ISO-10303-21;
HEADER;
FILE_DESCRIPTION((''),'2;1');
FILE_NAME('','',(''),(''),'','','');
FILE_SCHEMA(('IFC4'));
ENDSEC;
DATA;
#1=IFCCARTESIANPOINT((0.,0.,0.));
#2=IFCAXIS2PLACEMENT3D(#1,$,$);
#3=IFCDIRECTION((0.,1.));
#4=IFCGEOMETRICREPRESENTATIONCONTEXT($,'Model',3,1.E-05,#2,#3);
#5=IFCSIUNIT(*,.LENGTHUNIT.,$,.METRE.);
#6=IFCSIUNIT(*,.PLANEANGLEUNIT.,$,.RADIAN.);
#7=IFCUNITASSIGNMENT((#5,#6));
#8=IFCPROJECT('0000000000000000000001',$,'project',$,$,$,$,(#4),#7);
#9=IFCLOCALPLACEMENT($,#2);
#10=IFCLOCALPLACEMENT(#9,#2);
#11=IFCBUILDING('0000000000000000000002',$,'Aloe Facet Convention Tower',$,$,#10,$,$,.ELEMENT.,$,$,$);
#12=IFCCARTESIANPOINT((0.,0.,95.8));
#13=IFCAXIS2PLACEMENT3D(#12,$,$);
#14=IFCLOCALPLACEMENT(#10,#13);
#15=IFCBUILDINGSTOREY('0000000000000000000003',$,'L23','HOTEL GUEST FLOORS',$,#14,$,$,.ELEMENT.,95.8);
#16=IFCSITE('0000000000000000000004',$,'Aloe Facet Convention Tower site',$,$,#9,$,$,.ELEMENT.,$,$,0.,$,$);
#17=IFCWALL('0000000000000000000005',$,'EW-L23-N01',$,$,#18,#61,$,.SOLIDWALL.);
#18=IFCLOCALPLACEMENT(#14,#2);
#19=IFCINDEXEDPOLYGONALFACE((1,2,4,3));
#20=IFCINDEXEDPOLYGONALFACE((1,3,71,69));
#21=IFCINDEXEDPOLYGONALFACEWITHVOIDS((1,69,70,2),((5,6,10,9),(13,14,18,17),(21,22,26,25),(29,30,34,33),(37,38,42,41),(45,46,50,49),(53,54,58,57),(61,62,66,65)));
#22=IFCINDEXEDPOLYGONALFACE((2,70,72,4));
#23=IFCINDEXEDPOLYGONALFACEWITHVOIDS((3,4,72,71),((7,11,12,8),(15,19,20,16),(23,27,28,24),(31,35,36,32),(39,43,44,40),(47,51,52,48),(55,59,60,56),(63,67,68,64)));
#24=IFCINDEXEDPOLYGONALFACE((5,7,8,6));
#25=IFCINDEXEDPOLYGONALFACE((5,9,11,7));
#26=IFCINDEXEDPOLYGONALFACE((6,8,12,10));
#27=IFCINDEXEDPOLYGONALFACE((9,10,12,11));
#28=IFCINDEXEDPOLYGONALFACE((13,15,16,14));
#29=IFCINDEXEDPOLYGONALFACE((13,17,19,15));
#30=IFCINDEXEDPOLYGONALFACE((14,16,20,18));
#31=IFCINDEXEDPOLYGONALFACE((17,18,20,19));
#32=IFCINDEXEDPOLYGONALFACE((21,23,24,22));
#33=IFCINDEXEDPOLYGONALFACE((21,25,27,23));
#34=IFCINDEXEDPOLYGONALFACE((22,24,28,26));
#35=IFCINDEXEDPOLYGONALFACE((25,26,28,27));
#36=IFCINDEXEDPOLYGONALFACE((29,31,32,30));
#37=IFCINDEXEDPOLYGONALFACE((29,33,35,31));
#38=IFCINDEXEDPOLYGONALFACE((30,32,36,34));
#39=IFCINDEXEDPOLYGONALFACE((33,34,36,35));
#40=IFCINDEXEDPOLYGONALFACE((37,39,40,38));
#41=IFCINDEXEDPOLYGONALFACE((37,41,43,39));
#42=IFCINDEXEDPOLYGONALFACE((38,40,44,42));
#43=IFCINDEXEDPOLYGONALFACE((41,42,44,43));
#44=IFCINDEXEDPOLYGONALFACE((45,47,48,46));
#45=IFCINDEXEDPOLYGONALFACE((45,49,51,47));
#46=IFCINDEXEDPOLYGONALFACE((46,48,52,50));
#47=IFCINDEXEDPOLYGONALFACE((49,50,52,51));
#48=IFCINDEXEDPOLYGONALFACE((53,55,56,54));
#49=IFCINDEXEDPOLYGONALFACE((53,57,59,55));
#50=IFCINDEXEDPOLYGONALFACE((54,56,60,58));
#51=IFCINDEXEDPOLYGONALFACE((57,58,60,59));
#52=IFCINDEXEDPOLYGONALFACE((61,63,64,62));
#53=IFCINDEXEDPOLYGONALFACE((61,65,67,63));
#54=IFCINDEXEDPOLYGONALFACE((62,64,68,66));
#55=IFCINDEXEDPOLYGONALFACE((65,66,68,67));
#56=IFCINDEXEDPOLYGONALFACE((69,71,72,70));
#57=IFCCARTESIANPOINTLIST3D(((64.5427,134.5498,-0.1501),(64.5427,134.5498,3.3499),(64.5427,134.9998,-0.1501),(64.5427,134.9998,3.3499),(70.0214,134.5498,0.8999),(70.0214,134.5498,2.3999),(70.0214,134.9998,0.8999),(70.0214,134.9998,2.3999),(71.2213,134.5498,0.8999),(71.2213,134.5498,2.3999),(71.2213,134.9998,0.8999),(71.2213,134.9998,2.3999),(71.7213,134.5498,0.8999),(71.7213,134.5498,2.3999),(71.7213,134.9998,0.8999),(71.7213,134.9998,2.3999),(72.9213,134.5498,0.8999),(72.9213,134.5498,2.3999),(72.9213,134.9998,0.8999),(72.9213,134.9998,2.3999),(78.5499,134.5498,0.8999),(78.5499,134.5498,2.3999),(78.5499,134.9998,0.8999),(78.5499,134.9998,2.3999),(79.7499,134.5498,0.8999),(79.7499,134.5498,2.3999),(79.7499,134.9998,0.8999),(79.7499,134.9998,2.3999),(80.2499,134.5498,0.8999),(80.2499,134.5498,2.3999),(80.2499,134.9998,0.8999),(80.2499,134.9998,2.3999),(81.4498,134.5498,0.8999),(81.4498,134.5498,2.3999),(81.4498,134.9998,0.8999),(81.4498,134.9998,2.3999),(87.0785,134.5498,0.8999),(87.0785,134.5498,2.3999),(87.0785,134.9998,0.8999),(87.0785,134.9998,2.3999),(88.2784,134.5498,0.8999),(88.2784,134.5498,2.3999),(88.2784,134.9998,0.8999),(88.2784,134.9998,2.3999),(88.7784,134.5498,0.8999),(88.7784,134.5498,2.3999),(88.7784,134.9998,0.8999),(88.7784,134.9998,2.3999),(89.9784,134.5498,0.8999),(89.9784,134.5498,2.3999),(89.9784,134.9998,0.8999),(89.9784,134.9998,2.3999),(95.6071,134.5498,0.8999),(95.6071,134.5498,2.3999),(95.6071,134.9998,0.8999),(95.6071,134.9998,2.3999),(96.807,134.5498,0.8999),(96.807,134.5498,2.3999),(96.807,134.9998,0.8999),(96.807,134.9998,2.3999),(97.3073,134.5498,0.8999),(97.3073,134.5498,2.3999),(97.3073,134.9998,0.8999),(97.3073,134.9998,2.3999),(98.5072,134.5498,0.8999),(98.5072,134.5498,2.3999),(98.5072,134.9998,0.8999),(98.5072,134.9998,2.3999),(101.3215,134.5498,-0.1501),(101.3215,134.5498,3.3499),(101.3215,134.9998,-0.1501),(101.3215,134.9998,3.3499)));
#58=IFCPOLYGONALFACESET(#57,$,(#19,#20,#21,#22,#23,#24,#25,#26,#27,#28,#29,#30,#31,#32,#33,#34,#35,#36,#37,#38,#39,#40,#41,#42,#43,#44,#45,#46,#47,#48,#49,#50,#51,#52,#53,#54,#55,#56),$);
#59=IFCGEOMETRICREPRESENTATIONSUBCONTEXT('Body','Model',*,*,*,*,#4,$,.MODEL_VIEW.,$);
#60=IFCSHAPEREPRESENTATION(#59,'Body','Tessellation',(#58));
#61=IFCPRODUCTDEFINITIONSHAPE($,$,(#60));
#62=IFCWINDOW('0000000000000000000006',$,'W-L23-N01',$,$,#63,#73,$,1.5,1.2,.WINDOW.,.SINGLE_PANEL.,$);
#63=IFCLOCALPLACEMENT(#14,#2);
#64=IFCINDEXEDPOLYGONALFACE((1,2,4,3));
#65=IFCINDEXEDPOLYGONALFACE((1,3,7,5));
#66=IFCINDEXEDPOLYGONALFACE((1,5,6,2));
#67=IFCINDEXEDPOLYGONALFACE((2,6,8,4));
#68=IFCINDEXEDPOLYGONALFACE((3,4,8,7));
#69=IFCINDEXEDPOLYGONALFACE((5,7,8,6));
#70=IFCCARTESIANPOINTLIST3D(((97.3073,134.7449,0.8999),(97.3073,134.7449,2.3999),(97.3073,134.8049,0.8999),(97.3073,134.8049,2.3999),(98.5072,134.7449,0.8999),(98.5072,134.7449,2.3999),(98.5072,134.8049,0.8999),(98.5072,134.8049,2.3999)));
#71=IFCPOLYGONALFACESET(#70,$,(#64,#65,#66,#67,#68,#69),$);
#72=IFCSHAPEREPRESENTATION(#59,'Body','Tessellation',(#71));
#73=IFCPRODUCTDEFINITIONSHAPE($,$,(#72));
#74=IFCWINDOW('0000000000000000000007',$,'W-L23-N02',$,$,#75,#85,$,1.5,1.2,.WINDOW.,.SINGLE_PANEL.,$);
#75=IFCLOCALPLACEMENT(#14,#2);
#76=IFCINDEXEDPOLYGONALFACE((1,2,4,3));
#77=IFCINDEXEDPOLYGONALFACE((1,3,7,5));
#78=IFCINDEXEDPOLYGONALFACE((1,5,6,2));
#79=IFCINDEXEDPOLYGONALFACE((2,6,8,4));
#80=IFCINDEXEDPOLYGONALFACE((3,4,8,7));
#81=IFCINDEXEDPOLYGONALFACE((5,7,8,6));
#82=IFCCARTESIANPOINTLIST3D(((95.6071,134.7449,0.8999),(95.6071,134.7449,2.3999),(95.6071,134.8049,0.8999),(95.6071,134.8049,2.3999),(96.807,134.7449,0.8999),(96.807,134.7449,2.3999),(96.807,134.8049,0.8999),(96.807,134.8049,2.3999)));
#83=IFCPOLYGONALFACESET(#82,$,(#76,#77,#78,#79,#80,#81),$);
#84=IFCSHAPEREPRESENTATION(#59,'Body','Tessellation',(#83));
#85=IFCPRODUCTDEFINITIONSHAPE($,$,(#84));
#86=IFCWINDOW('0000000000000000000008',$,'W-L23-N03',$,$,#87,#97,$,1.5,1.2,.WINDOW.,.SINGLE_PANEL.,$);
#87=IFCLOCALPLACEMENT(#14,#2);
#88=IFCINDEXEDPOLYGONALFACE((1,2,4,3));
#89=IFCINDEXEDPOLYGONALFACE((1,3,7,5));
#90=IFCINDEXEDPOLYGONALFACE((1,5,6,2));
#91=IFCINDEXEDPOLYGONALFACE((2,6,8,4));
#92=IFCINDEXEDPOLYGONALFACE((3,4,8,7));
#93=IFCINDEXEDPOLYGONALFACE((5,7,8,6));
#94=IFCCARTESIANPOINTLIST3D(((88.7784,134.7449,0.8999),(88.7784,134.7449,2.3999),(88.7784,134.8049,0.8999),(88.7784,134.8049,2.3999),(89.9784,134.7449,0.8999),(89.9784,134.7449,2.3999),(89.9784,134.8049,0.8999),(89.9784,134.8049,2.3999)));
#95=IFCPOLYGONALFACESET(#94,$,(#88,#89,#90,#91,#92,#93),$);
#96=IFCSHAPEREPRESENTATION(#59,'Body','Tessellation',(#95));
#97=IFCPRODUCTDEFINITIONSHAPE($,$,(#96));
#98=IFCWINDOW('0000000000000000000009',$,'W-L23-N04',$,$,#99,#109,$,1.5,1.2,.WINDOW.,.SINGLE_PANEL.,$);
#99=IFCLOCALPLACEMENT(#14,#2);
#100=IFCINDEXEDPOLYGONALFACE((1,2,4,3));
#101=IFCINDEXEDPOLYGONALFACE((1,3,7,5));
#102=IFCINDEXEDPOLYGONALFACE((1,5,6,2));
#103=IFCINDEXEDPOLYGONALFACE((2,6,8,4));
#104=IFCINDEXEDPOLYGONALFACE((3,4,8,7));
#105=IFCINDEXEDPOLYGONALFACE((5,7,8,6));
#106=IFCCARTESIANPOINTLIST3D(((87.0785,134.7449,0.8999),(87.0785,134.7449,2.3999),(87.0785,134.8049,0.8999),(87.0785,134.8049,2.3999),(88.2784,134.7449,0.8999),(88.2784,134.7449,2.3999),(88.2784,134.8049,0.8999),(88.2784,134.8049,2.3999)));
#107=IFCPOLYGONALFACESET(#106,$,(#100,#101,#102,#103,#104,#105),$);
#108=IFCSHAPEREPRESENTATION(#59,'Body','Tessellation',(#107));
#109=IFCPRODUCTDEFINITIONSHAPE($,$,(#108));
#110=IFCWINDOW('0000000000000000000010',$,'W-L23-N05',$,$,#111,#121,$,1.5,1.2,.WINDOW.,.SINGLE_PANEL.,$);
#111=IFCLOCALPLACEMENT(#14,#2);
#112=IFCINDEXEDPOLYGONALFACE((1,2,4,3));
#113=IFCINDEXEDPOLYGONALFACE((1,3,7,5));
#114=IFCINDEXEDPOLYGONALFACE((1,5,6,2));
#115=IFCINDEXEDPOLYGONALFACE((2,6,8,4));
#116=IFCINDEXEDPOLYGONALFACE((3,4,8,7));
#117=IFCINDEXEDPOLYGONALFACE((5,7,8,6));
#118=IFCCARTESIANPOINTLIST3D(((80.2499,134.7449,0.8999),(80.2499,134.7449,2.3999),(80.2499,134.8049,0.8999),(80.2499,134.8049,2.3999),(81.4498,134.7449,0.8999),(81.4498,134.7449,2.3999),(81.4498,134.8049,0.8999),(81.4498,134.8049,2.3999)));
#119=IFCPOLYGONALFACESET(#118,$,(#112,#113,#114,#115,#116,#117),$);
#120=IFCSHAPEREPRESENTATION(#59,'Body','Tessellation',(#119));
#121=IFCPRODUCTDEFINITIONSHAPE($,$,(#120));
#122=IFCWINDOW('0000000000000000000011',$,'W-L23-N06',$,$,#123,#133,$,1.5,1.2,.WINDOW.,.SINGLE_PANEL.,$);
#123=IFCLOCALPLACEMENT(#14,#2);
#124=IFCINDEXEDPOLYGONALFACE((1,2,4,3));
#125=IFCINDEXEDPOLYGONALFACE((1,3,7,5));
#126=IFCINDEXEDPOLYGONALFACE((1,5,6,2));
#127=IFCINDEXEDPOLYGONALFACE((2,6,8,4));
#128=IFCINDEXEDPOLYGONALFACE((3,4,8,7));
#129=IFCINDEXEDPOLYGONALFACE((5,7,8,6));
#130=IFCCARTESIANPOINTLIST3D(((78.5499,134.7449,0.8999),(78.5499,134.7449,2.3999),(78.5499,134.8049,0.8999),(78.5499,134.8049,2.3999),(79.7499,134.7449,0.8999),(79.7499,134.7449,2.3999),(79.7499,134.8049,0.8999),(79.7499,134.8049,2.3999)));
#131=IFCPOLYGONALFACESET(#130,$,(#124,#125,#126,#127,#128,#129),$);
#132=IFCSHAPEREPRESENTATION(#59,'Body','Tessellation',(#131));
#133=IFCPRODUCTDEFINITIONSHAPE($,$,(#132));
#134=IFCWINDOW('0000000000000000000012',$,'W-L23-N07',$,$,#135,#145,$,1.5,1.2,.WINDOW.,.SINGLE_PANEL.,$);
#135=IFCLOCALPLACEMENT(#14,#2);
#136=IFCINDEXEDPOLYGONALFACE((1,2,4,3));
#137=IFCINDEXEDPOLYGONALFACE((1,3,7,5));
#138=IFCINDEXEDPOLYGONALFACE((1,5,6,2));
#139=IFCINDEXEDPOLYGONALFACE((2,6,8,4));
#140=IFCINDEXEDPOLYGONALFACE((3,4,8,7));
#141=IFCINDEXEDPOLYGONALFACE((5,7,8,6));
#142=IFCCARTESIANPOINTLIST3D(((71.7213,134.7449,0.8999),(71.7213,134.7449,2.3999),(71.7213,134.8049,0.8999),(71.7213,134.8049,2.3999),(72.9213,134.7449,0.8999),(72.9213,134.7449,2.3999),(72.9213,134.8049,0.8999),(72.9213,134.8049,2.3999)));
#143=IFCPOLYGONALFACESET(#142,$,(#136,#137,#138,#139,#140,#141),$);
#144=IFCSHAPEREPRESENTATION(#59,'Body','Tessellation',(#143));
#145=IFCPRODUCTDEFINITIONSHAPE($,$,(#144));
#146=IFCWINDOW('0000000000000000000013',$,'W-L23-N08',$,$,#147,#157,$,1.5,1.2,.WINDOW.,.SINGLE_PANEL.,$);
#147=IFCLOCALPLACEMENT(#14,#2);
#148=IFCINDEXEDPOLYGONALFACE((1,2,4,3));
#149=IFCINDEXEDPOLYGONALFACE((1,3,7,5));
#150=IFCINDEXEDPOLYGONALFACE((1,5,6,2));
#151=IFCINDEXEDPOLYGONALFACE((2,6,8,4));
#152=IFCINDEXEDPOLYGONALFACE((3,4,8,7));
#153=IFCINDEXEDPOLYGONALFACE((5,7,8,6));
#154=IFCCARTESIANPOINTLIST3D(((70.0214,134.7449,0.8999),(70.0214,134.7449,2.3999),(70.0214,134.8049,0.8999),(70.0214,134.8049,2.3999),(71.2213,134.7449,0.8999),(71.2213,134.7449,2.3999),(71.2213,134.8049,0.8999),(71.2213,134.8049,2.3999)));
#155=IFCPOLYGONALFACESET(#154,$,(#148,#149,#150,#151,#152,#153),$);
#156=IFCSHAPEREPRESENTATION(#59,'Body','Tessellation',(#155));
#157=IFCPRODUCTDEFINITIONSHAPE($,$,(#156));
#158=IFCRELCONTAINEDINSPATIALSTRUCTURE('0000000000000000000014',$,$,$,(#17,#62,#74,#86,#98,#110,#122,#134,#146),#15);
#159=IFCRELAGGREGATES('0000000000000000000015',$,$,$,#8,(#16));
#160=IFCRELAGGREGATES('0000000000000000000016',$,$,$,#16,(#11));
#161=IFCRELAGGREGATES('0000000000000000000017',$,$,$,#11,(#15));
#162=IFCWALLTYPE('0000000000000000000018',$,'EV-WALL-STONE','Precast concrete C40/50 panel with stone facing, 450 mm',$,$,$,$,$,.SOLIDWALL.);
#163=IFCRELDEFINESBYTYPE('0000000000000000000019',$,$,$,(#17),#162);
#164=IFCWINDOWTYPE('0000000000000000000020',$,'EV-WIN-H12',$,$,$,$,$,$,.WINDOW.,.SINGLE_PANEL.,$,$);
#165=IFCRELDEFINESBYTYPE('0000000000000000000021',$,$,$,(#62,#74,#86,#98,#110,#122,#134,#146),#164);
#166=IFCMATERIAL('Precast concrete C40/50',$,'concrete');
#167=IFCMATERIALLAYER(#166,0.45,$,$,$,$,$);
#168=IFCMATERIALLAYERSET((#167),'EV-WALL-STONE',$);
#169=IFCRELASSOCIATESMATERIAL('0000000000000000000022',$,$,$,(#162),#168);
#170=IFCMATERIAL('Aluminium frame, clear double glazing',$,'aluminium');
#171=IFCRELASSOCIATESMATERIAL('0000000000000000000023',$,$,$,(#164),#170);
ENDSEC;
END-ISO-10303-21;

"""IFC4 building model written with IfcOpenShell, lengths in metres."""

from ifc_helpers import new_model, si_unit, direction, frame, frame_2d, origin, place, context, subcontext, project, spatial, polyline, rectangle, outline, extrude, material, layer, layer_set, type_object, element, fill, save


model = new_model("IFC4")

# Units and contexts
model_context = context("Model", 3, precision=1e-05, world=origin(), true_north=direction((0.0, 1.0)))
body_context = subcontext(model_context, "Body", "Model", "MODEL_VIEW")
ifc_project = project(units=[si_unit("LENGTHUNIT", "METRE"), si_unit("PLANEANGLEUNIT", "RADIAN")], contexts=[model_context])

# Site, building, storey
site_placement = place(None, origin())
site = spatial("IfcSite", under=ifc_project, at=site_placement, Name="Aloe Facet Convention Tower site", CompositionType="ELEMENT", RefElevation=0.0)
building_placement = place(site_placement, origin())
building = spatial("IfcBuilding", under=site, at=building_placement, Name="Aloe Facet Convention Tower", CompositionType="ELEMENT")
storey_placement = place(building_placement, frame((0.0, 0.0, 95.8)))
storey = spatial("IfcBuildingStorey", under=building, at=storey_placement, Name="L23", Description="HOTEL GUEST FLOORS", CompositionType="ELEMENT", Elevation=95.8)

# Wall, openings, windows
ifc_material_1 = material(Name="Precast concrete C40/50", Category="concrete")
ifc_layer_1 = layer(ifc_material_1, 0.45)
ifc_layer_set_1 = layer_set([ifc_layer_1], Name="EV-WALL-STONE")
wall_type_1 = type_object("IfcWallType", Name="EV-WALL-STONE", Description="Precast concrete C40/50 panel with stone facing, 450 mm", PredefinedType="SOLIDWALL", material=ifc_layer_set_1)
wall_1_placement = place(storey_placement, frame((101.3215, 134.7749, -0.1501), z_axis=(0.0, 0.0, 1.0), x_axis=(-1.0, 0.0, 0.0)))
wall_1 = element("IfcWall", 1, at=wall_1_placement, inside=storey, type_object=wall_type_1, Name="EW-L23-N01", PredefinedType="SOLIDWALL", context=body_context, shape_type="SweptSolid", body=[
    extrude(outline(polyline([(0.0, 0.0), (0.0, 3.5), (36.7788, 3.5), (36.7788, 0.0), (0.0, 0.0)])), frame((0.0, 0.2251, 0.0), z_axis=(0.0, -1.0, 0.0), x_axis=(1.0, 0.0, 0.0)), (0.0, 0.0, 1.0), 0.45),
])
opening_1_placement = place(wall_1_placement, frame((2.8142, 0.0, 1.05)))
opening_1 = element("IfcOpeningElement", 2, at=opening_1_placement, cuts=wall_1, PredefinedType="OPENING", context=body_context, shape_type="SweptSolid", body=[
    extrude(rectangle(XDim=1.2, YDim=1.5, at=frame_2d((0.6001, 0.75))), frame((0.0, 0.2349, 0.0), z_axis=(0.0, -1.0, 0.0), x_axis=(1.0, 0.0, 0.0)), (0.0, 0.0, 1.0), 0.47),
])
opening_2_placement = place(wall_1_placement, frame((4.5144, 0.0, 1.05)))
opening_2 = element("IfcOpeningElement", 3, at=opening_2_placement, cuts=wall_1, PredefinedType="OPENING", context=body_context, shape_type="SweptSolid", body=[
    extrude(rectangle(XDim=1.2, YDim=1.5, at=frame_2d((0.6001, 0.75))), frame((0.0, 0.2349, 0.0), z_axis=(0.0, -1.0, 0.0), x_axis=(1.0, 0.0, 0.0)), (0.0, 0.0, 1.0), 0.47),
])
opening_3_placement = place(wall_1_placement, frame((11.343, 0.0, 1.05)))
opening_3 = element("IfcOpeningElement", 4, at=opening_3_placement, cuts=wall_1, PredefinedType="OPENING", context=body_context, shape_type="SweptSolid", body=[
    extrude(rectangle(XDim=1.2, YDim=1.5, at=frame_2d((0.6001, 0.75))), frame((0.0, 0.2349, 0.0), z_axis=(0.0, -1.0, 0.0), x_axis=(1.0, 0.0, 0.0)), (0.0, 0.0, 1.0), 0.47),
])
opening_4_placement = place(wall_1_placement, frame((13.043, 0.0, 1.05)))
opening_4 = element("IfcOpeningElement", 5, at=opening_4_placement, cuts=wall_1, PredefinedType="OPENING", context=body_context, shape_type="SweptSolid", body=[
    extrude(rectangle(XDim=1.2, YDim=1.5, at=frame_2d((0.6001, 0.75))), frame((0.0, 0.2349, 0.0), z_axis=(0.0, -1.0, 0.0), x_axis=(1.0, 0.0, 0.0)), (0.0, 0.0, 1.0), 0.47),
])
opening_5_placement = place(wall_1_placement, frame((19.8716, 0.0, 1.05)))
opening_5 = element("IfcOpeningElement", 6, at=opening_5_placement, cuts=wall_1, PredefinedType="OPENING", context=body_context, shape_type="SweptSolid", body=[
    extrude(rectangle(XDim=1.2, YDim=1.5, at=frame_2d((0.6001, 0.75))), frame((0.0, 0.2349, 0.0), z_axis=(0.0, -1.0, 0.0), x_axis=(1.0, 0.0, 0.0)), (0.0, 0.0, 1.0), 0.47),
])
opening_6_placement = place(wall_1_placement, frame((21.5715, 0.0, 1.05)))
opening_6 = element("IfcOpeningElement", 7, at=opening_6_placement, cuts=wall_1, PredefinedType="OPENING", context=body_context, shape_type="SweptSolid", body=[
    extrude(rectangle(XDim=1.2, YDim=1.5, at=frame_2d((0.6001, 0.75))), frame((0.0, 0.2349, 0.0), z_axis=(0.0, -1.0, 0.0), x_axis=(1.0, 0.0, 0.0)), (0.0, 0.0, 1.0), 0.47),
])
opening_7_placement = place(wall_1_placement, frame((28.4001, 0.0, 1.05)))
opening_7 = element("IfcOpeningElement", 8, at=opening_7_placement, cuts=wall_1, PredefinedType="OPENING", context=body_context, shape_type="SweptSolid", body=[
    extrude(rectangle(XDim=1.2, YDim=1.5, at=frame_2d((0.6001, 0.75))), frame((0.0, 0.2349, 0.0), z_axis=(0.0, -1.0, 0.0), x_axis=(1.0, 0.0, 0.0)), (0.0, 0.0, 1.0), 0.47),
])
opening_8_placement = place(wall_1_placement, frame((30.1001, 0.0, 1.05)))
opening_8 = element("IfcOpeningElement", 9, at=opening_8_placement, cuts=wall_1, PredefinedType="OPENING", context=body_context, shape_type="SweptSolid", body=[
    extrude(rectangle(XDim=1.2, YDim=1.5, at=frame_2d((0.6001, 0.75))), frame((0.0, 0.2349, 0.0), z_axis=(0.0, -1.0, 0.0), x_axis=(1.0, 0.0, 0.0)), (0.0, 0.0, 1.0), 0.47),
])
ifc_material_2 = material(Name="Aluminium frame, clear double glazing", Category="aluminium")
window_type = type_object("IfcWindowType", Name="EV-WIN-H12", PartitioningType="SINGLE_PANEL", PredefinedType="WINDOW", material=ifc_material_2)
window_1_placement = place(opening_1_placement, origin())
window_1 = element("IfcWindow", 10, at=window_1_placement, inside=storey, type_object=window_type, Name="W-L23-N01", OverallHeight=1.5, OverallWidth=1.2, PartitioningType="SINGLE_PANEL", PredefinedType="WINDOW", context=body_context, shape_type="SweptSolid", body=[
    extrude(rectangle(XDim=1.2, YDim=1.5, at=frame_2d((0.6001, 0.75))), frame((0.0, 0.03, 0.0), z_axis=(0.0, -1.0, 0.0), x_axis=(1.0, 0.0, 0.0)), (0.0, 0.0, 1.0), 0.0601),
])
fill(opening_1, window_1)
window_2_placement = place(opening_2_placement, origin())
window_2 = element("IfcWindow", 11, at=window_2_placement, inside=storey, type_object=window_type, Name="W-L23-N02", OverallHeight=1.5, OverallWidth=1.2, PartitioningType="SINGLE_PANEL", PredefinedType="WINDOW", context=body_context, shape_type="SweptSolid", body=[
    extrude(rectangle(XDim=1.2, YDim=1.5, at=frame_2d((0.6001, 0.75))), frame((0.0, 0.03, 0.0), z_axis=(0.0, -1.0, 0.0), x_axis=(1.0, 0.0, 0.0)), (0.0, 0.0, 1.0), 0.0601),
])
fill(opening_2, window_2)
window_3_placement = place(opening_3_placement, origin())
window_3 = element("IfcWindow", 12, at=window_3_placement, inside=storey, type_object=window_type, Name="W-L23-N03", OverallHeight=1.5, OverallWidth=1.2, PartitioningType="SINGLE_PANEL", PredefinedType="WINDOW", context=body_context, shape_type="SweptSolid", body=[
    extrude(rectangle(XDim=1.2, YDim=1.5, at=frame_2d((0.6001, 0.75))), frame((0.0, 0.03, 0.0), z_axis=(0.0, -1.0, 0.0), x_axis=(1.0, 0.0, 0.0)), (0.0, 0.0, 1.0), 0.0601),
])
fill(opening_3, window_3)
window_4_placement = place(opening_4_placement, origin())
window_4 = element("IfcWindow", 13, at=window_4_placement, inside=storey, type_object=window_type, Name="W-L23-N04", OverallHeight=1.5, OverallWidth=1.2, PartitioningType="SINGLE_PANEL", PredefinedType="WINDOW", context=body_context, shape_type="SweptSolid", body=[
    extrude(rectangle(XDim=1.2, YDim=1.5, at=frame_2d((0.6001, 0.75))), frame((0.0, 0.03, 0.0), z_axis=(0.0, -1.0, 0.0), x_axis=(1.0, 0.0, 0.0)), (0.0, 0.0, 1.0), 0.0601),
])
fill(opening_4, window_4)
window_5_placement = place(opening_5_placement, origin())
window_5 = element("IfcWindow", 14, at=window_5_placement, inside=storey, type_object=window_type, Name="W-L23-N05", OverallHeight=1.5, OverallWidth=1.2, PartitioningType="SINGLE_PANEL", PredefinedType="WINDOW", context=body_context, shape_type="SweptSolid", body=[
    extrude(rectangle(XDim=1.2, YDim=1.5, at=frame_2d((0.6001, 0.75))), frame((0.0, 0.03, 0.0), z_axis=(0.0, -1.0, 0.0), x_axis=(1.0, 0.0, 0.0)), (0.0, 0.0, 1.0), 0.0601),
])
fill(opening_5, window_5)
window_6_placement = place(opening_6_placement, origin())
window_6 = element("IfcWindow", 15, at=window_6_placement, inside=storey, type_object=window_type, Name="W-L23-N06", OverallHeight=1.5, OverallWidth=1.2, PartitioningType="SINGLE_PANEL", PredefinedType="WINDOW", context=body_context, shape_type="SweptSolid", body=[
    extrude(rectangle(XDim=1.2, YDim=1.5, at=frame_2d((0.6001, 0.75))), frame((0.0, 0.03, 0.0), z_axis=(0.0, -1.0, 0.0), x_axis=(1.0, 0.0, 0.0)), (0.0, 0.0, 1.0), 0.0601),
])
fill(opening_6, window_6)
window_7_placement = place(opening_7_placement, origin())
window_7 = element("IfcWindow", 16, at=window_7_placement, inside=storey, type_object=window_type, Name="W-L23-N07", OverallHeight=1.5, OverallWidth=1.2, PartitioningType="SINGLE_PANEL", PredefinedType="WINDOW", context=body_context, shape_type="SweptSolid", body=[
    extrude(rectangle(XDim=1.2, YDim=1.5, at=frame_2d((0.6001, 0.75))), frame((0.0, 0.03, 0.0), z_axis=(0.0, -1.0, 0.0), x_axis=(1.0, 0.0, 0.0)), (0.0, 0.0, 1.0), 0.0601),
])
fill(opening_7, window_7)
window_8_placement = place(opening_8_placement, origin())
window_8 = element("IfcWindow", 17, at=window_8_placement, inside=storey, type_object=window_type, Name="W-L23-N08", OverallHeight=1.5, OverallWidth=1.2, PartitioningType="SINGLE_PANEL", PredefinedType="WINDOW", context=body_context, shape_type="SweptSolid", body=[
    extrude(rectangle(XDim=1.2, YDim=1.5, at=frame_2d((0.6001, 0.75))), frame((0.0, 0.03, 0.0), z_axis=(0.0, -1.0, 0.0), x_axis=(1.0, 0.0, 0.0)), (0.0, 0.0, 1.0), 0.0601),
])
fill(opening_8, window_8)

save(model, "model.ifc")
